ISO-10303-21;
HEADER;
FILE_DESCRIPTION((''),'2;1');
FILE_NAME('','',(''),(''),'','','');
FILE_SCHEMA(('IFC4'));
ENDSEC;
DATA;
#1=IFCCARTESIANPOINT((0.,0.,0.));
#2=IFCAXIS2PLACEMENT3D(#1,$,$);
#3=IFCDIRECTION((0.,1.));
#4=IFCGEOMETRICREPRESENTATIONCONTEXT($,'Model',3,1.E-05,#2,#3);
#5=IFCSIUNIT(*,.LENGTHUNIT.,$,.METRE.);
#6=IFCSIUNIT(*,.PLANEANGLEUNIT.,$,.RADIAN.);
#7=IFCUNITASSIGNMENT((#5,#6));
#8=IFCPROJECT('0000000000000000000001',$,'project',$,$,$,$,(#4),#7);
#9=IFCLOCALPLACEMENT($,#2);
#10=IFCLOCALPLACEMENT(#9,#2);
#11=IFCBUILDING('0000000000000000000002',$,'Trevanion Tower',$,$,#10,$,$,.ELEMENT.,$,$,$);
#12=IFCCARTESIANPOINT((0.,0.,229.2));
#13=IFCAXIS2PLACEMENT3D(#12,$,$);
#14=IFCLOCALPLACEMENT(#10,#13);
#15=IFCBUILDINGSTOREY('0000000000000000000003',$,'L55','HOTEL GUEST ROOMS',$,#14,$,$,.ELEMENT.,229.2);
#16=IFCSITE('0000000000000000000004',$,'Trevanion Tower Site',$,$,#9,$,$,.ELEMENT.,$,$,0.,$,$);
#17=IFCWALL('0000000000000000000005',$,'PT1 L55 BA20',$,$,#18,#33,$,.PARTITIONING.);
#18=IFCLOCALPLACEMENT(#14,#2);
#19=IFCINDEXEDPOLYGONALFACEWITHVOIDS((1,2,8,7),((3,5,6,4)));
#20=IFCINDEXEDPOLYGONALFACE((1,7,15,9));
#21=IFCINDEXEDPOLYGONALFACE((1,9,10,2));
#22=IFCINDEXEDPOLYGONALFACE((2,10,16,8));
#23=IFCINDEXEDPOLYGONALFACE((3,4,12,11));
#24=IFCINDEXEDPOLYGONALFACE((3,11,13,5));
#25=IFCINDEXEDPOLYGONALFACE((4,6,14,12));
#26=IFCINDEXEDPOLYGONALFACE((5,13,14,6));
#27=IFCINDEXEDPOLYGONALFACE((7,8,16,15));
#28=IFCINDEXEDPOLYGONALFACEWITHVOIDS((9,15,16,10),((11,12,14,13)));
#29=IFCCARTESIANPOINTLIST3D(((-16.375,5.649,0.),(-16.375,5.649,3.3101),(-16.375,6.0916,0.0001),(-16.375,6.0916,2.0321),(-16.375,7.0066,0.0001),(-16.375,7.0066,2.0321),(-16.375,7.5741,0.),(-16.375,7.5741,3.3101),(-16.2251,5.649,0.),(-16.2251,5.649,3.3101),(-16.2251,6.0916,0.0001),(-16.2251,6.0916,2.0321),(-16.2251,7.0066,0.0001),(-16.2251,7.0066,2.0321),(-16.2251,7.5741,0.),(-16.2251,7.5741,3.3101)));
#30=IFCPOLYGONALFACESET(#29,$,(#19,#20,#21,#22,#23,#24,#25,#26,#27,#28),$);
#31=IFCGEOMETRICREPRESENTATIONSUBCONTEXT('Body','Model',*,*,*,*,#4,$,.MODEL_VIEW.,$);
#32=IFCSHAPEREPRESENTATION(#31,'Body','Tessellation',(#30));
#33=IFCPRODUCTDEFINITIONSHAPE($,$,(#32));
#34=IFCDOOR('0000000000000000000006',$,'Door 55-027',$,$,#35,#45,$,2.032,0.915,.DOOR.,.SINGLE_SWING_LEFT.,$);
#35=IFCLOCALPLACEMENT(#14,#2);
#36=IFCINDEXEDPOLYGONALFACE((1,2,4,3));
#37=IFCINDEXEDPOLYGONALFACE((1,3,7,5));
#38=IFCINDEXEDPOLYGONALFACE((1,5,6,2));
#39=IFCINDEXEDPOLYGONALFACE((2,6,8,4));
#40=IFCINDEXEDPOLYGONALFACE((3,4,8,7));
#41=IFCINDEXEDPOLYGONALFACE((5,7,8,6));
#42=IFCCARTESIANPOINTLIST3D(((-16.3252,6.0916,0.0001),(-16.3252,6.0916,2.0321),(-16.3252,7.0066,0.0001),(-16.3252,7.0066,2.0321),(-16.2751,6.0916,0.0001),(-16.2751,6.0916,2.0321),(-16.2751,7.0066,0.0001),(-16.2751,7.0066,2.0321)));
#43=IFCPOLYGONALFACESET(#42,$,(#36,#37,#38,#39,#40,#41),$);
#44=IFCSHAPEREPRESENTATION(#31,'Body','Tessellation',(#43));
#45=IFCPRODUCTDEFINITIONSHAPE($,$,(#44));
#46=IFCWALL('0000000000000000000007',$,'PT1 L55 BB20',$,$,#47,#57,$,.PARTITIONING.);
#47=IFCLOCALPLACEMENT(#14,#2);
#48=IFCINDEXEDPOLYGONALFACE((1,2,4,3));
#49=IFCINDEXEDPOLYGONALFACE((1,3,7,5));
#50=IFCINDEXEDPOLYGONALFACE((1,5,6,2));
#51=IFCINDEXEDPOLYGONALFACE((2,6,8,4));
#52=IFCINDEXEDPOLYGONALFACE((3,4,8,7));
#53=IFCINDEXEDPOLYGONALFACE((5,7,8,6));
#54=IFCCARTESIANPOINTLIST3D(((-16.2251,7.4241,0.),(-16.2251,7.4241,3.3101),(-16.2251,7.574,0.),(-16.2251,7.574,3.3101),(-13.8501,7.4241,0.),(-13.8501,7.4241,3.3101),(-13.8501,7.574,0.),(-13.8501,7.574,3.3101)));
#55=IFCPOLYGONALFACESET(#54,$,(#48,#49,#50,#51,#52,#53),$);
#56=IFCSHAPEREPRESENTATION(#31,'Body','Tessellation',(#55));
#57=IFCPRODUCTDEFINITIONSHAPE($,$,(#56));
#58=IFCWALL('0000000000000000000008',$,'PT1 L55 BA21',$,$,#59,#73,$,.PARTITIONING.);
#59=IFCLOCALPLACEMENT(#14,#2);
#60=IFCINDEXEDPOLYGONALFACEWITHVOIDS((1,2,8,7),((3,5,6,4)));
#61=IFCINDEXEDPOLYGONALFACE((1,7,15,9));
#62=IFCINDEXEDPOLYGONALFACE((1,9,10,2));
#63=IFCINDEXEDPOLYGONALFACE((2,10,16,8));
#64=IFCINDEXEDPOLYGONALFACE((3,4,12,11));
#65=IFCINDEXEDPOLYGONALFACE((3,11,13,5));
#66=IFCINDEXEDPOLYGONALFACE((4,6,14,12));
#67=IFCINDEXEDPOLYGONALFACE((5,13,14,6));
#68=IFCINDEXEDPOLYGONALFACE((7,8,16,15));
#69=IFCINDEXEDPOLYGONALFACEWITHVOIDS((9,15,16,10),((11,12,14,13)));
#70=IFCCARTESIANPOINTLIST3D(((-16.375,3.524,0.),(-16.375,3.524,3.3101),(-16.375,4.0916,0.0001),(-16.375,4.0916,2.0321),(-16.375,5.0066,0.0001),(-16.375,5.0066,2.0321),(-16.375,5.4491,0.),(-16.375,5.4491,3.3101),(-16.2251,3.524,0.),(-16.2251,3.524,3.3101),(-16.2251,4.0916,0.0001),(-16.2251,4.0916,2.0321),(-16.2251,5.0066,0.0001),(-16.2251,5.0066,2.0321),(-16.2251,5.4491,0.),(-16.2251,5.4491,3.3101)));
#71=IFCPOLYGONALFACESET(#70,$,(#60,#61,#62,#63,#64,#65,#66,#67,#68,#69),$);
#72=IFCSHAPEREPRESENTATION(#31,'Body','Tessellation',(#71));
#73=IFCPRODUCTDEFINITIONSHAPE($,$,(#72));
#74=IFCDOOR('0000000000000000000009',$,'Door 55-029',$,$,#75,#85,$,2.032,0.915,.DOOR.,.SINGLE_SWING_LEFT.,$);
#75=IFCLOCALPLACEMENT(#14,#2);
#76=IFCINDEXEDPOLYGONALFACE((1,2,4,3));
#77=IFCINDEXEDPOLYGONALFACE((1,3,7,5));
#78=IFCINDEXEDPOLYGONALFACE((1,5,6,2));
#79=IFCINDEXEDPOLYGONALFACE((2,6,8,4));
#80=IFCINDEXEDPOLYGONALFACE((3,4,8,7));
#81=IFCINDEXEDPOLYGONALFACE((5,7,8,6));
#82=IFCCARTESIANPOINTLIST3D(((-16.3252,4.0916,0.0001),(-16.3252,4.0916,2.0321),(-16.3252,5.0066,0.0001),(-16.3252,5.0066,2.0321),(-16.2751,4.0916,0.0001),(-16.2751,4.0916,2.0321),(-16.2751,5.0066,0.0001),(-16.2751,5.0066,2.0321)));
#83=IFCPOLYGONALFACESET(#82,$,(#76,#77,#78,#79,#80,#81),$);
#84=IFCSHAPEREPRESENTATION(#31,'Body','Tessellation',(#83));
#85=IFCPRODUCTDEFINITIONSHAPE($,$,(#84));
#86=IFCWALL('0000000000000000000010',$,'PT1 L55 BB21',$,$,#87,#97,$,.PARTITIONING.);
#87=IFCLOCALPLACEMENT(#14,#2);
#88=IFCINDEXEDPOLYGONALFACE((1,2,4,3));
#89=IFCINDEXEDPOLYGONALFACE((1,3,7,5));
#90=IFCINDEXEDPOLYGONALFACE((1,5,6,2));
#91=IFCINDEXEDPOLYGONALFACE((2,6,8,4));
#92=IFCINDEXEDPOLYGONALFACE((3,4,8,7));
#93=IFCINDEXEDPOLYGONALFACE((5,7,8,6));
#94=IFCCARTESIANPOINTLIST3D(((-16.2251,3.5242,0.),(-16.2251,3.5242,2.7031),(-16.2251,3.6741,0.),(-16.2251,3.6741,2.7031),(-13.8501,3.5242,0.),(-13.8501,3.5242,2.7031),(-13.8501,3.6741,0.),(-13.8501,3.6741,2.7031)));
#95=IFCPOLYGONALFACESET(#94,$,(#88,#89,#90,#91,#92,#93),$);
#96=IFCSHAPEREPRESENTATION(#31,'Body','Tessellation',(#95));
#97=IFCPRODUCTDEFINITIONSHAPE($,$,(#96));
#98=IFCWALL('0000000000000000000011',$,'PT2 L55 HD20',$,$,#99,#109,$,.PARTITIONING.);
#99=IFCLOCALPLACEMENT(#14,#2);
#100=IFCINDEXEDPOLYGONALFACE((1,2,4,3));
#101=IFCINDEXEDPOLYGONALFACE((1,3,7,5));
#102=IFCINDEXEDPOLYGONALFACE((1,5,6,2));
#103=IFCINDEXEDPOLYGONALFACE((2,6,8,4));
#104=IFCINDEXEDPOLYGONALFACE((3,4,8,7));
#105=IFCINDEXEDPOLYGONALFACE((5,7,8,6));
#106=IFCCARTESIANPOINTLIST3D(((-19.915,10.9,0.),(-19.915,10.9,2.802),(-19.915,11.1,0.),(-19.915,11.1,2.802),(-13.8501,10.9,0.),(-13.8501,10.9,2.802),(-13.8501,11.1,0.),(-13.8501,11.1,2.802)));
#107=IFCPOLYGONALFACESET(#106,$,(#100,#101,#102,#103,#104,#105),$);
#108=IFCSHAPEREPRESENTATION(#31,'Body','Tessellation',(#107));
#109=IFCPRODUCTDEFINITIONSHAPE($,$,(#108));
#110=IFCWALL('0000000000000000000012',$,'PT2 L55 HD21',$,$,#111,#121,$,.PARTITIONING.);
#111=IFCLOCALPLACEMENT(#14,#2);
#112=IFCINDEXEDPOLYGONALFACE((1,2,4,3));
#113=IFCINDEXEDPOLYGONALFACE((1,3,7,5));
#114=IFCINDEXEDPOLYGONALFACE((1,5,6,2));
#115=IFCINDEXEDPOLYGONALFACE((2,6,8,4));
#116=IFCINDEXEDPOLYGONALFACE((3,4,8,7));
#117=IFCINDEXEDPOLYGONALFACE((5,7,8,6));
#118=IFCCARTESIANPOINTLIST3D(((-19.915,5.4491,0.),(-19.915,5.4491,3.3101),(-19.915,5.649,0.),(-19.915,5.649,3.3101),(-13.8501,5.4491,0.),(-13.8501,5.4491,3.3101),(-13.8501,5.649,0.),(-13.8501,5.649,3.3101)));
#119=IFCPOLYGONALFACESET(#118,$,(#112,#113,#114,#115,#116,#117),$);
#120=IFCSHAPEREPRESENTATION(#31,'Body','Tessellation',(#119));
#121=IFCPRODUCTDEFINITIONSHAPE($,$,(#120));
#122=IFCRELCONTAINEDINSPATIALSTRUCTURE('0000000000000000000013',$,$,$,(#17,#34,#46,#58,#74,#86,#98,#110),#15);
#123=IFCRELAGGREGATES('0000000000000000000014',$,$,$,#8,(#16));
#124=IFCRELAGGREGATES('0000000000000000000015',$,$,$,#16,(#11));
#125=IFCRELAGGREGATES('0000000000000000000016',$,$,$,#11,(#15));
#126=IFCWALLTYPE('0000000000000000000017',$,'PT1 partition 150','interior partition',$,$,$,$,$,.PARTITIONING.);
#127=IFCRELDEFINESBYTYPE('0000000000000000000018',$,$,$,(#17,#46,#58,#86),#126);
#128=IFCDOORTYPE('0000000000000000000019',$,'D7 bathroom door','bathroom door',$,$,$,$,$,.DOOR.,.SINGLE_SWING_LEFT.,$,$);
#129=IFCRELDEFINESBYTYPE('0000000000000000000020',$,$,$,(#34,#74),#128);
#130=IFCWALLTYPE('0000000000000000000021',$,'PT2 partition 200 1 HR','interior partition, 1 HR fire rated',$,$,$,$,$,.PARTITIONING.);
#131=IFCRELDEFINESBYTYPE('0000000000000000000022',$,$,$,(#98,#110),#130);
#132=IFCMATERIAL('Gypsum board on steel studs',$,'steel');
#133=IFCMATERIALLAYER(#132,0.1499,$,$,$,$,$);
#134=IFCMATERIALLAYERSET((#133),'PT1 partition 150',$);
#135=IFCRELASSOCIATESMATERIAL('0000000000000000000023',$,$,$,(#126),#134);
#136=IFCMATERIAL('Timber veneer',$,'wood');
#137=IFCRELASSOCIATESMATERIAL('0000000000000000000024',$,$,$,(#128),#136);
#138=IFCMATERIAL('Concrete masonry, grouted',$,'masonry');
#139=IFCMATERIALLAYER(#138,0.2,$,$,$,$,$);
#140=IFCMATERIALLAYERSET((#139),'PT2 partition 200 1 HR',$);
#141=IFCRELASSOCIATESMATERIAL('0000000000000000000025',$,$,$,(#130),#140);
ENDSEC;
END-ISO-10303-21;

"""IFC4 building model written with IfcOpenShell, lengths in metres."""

from ifc_helpers import new_model, si_unit, direction, frame, frame_2d, origin, place, context, subcontext, project, spatial, rectangle, extrude, material, layer, layer_set, type_object, element, fill, save


model = new_model("IFC4")

# Units and contexts
model_context = context("Model", 3, precision=1e-05, world=origin(), true_north=direction((0.0, 1.0)))
body_context = subcontext(model_context, "Body", "Model", "MODEL_VIEW")
ifc_project = project(units=[si_unit("LENGTHUNIT", "METRE"), si_unit("PLANEANGLEUNIT", "RADIAN")], contexts=[model_context])

# Site, building, storey
site_placement = place(None, origin())
site = spatial("IfcSite", under=ifc_project, at=site_placement, Name="Trevanion Tower Site", CompositionType="ELEMENT", RefElevation=0.0)
building_placement = place(site_placement, origin())
building = spatial("IfcBuilding", under=site, at=building_placement, Name="Trevanion Tower", CompositionType="ELEMENT")
storey_placement = place(building_placement, frame((0.0, 0.0, 229.2)))
storey = spatial("IfcBuildingStorey", under=building, at=storey_placement, Name="L55", Description="HOTEL GUEST ROOMS", CompositionType="ELEMENT", Elevation=229.2)

# Wall, opening, door
ifc_material_1 = material(Name="Gypsum board on steel studs", Category="steel")
ifc_layer_1 = layer(ifc_material_1, 0.1499)
ifc_layer_set_1 = layer_set([ifc_layer_1], Name="PT1 partition 150")
wall_type_1 = type_object("IfcWallType", Name="PT1 partition 150", Description="interior partition", PredefinedType="PARTITIONING", material=ifc_layer_set_1)
wall_1_placement = place(storey_placement, frame((-16.3, 7.574, 0.0), z_axis=(0.0, 0.0, 1.0), x_axis=(0.0, -1.0, 0.0)))
wall_1 = element("IfcWall", 1, at=wall_1_placement, inside=storey, type_object=wall_type_1, Name="PT1 L55 BA20", PredefinedType="PARTITIONING", context=body_context, shape_type="SweptSolid", body=[
    extrude(rectangle(XDim=1.925, YDim=0.1499, at=frame_2d((0.9624, 0.0))), origin(), (0.0, 0.0, 1.0), 3.3101),
])
opening_1_placement = place(wall_1_placement, frame((0.5674, 0.0, 0.0)))
opening_1 = element("IfcOpeningElement", 2, at=opening_1_placement, cuts=wall_1, PredefinedType="OPENING", context=body_context, shape_type="SweptSolid", body=[
    extrude(rectangle(XDim=0.915, YDim=2.032, at=frame_2d((0.4575, 1.0161))), frame((0.0, 0.085, 0.0), z_axis=(0.0, -1.0, 0.0), x_axis=(1.0, 0.0, 0.0)), (0.0, 0.0, 1.0), 0.1699),
])
ifc_material_2 = material(Name="Timber veneer", Category="wood")
door_type = type_object("IfcDoorType", Name="D7 bathroom door", Description="bathroom door", OperationType="SINGLE_SWING_LEFT", PredefinedType="DOOR", material=ifc_material_2)
door_1_placement = place(opening_1_placement, origin())
door_1 = element("IfcDoor", 3, at=door_1_placement, inside=storey, type_object=door_type, Name="Door 55-027", OperationType="SINGLE_SWING_LEFT", OverallHeight=2.032, OverallWidth=0.915, PredefinedType="DOOR", context=body_context, shape_type="SweptSolid", body=[
    extrude(rectangle(XDim=0.915, YDim=2.032, at=frame_2d((0.4575, 1.0161))), frame((0.0, 0.0249, 0.0), z_axis=(0.0, -1.0, 0.0), x_axis=(1.0, 0.0, 0.0)), (0.0, 0.0, 1.0), 0.05),
])
fill(opening_1, door_1)

# Wall
wall_2_placement = place(storey_placement, frame((-13.8501, 7.499, 0.0), z_axis=(0.0, 0.0, 1.0), x_axis=(-1.0, 0.0, 0.0)))
element("IfcWall", 4, at=wall_2_placement, inside=storey, type_object=wall_type_1, Name="PT1 L55 BB20", PredefinedType="PARTITIONING", context=body_context, shape_type="SweptSolid", body=[
    extrude(rectangle(XDim=2.375, YDim=0.1499, at=frame_2d((1.1875, 0.0))), origin(), (0.0, 0.0, 1.0), 3.3101),
])

# Wall, opening, door
wall_3_placement = place(storey_placement, frame((-16.3, 5.449, 0.0), z_axis=(0.0, 0.0, 1.0), x_axis=(0.0, -1.0, 0.0)))
wall_3 = element("IfcWall", 5, at=wall_3_placement, inside=storey, type_object=wall_type_1, Name="PT1 L55 BA21", PredefinedType="PARTITIONING", context=body_context, shape_type="SweptSolid", body=[
    extrude(rectangle(XDim=1.925, YDim=0.1499, at=frame_2d((0.9624, 0.0))), origin(), (0.0, 0.0, 1.0), 3.3101),
])
opening_2_placement = place(wall_3_placement, frame((0.4424, 0.0, 0.0)))
opening_2 = element("IfcOpeningElement", 6, at=opening_2_placement, cuts=wall_3, PredefinedType="OPENING", context=body_context, shape_type="SweptSolid", body=[
    extrude(rectangle(XDim=0.915, YDim=2.032, at=frame_2d((0.4575, 1.0161))), frame((0.0, 0.085, 0.0), z_axis=(0.0, -1.0, 0.0), x_axis=(1.0, 0.0, 0.0)), (0.0, 0.0, 1.0), 0.1699),
])
door_2_placement = place(opening_2_placement, origin())
door_2 = element("IfcDoor", 7, at=door_2_placement, inside=storey, type_object=door_type, Name="Door 55-029", OperationType="SINGLE_SWING_LEFT", OverallHeight=2.032, OverallWidth=0.915, PredefinedType="DOOR", context=body_context, shape_type="SweptSolid", body=[
    extrude(rectangle(XDim=0.915, YDim=2.032, at=frame_2d((0.4575, 1.0161))), frame((0.0, 0.0249, 0.0), z_axis=(0.0, -1.0, 0.0), x_axis=(1.0, 0.0, 0.0)), (0.0, 0.0, 1.0), 0.05),
])
fill(opening_2, door_2)

# Walls
wall_4_placement = place(storey_placement, frame((-13.8501, 3.5991, 0.0), z_axis=(0.0, 0.0, 1.0), x_axis=(-1.0, 0.0, 0.0)))
element("IfcWall", 8, at=wall_4_placement, inside=storey, type_object=wall_type_1, Name="PT1 L55 BB21", PredefinedType="PARTITIONING", context=body_context, shape_type="SweptSolid", body=[
    extrude(rectangle(XDim=2.375, YDim=0.1499, at=frame_2d((1.1875, 0.0))), origin(), (0.0, 0.0, 1.0), 2.7031),
])
ifc_material_3 = material(Name="Concrete masonry, grouted", Category="masonry")
ifc_layer_2 = layer(ifc_material_3, 0.2)
ifc_layer_set_2 = layer_set([ifc_layer_2], Name="PT2 partition 200 1 HR")
wall_type_2 = type_object("IfcWallType", Name="PT2 partition 200 1 HR", Description="interior partition, 1 HR fire rated", PredefinedType="PARTITIONING", material=ifc_layer_set_2)
wall_5_placement = place(storey_placement, frame((-13.8501, 11.0, 0.0), z_axis=(0.0, 0.0, 1.0), x_axis=(-1.0, 0.0, 0.0)))
element("IfcWall", 9, at=wall_5_placement, inside=storey, type_object=wall_type_2, Name="PT2 L55 HD20", PredefinedType="PARTITIONING", context=body_context, shape_type="SweptSolid", body=[
    extrude(rectangle(XDim=6.0649, YDim=0.2, at=frame_2d((3.0325, 0.0))), origin(), (0.0, 0.0, 1.0), 2.802),
])
wall_6_placement = place(storey_placement, frame((-13.8501, 5.5491, 0.0), z_axis=(0.0, 0.0, 1.0), x_axis=(-1.0, 0.0, 0.0)))
element("IfcWall", 10, at=wall_6_placement, inside=storey, type_object=wall_type_2, Name="PT2 L55 HD21", PredefinedType="PARTITIONING", context=body_context, shape_type="SweptSolid", body=[
    extrude(rectangle(XDim=6.0649, YDim=0.2, at=frame_2d((3.0325, 0.0))), origin(), (0.0, 0.0, 1.0), 3.3101),
])

save(model, "model.ifc")
